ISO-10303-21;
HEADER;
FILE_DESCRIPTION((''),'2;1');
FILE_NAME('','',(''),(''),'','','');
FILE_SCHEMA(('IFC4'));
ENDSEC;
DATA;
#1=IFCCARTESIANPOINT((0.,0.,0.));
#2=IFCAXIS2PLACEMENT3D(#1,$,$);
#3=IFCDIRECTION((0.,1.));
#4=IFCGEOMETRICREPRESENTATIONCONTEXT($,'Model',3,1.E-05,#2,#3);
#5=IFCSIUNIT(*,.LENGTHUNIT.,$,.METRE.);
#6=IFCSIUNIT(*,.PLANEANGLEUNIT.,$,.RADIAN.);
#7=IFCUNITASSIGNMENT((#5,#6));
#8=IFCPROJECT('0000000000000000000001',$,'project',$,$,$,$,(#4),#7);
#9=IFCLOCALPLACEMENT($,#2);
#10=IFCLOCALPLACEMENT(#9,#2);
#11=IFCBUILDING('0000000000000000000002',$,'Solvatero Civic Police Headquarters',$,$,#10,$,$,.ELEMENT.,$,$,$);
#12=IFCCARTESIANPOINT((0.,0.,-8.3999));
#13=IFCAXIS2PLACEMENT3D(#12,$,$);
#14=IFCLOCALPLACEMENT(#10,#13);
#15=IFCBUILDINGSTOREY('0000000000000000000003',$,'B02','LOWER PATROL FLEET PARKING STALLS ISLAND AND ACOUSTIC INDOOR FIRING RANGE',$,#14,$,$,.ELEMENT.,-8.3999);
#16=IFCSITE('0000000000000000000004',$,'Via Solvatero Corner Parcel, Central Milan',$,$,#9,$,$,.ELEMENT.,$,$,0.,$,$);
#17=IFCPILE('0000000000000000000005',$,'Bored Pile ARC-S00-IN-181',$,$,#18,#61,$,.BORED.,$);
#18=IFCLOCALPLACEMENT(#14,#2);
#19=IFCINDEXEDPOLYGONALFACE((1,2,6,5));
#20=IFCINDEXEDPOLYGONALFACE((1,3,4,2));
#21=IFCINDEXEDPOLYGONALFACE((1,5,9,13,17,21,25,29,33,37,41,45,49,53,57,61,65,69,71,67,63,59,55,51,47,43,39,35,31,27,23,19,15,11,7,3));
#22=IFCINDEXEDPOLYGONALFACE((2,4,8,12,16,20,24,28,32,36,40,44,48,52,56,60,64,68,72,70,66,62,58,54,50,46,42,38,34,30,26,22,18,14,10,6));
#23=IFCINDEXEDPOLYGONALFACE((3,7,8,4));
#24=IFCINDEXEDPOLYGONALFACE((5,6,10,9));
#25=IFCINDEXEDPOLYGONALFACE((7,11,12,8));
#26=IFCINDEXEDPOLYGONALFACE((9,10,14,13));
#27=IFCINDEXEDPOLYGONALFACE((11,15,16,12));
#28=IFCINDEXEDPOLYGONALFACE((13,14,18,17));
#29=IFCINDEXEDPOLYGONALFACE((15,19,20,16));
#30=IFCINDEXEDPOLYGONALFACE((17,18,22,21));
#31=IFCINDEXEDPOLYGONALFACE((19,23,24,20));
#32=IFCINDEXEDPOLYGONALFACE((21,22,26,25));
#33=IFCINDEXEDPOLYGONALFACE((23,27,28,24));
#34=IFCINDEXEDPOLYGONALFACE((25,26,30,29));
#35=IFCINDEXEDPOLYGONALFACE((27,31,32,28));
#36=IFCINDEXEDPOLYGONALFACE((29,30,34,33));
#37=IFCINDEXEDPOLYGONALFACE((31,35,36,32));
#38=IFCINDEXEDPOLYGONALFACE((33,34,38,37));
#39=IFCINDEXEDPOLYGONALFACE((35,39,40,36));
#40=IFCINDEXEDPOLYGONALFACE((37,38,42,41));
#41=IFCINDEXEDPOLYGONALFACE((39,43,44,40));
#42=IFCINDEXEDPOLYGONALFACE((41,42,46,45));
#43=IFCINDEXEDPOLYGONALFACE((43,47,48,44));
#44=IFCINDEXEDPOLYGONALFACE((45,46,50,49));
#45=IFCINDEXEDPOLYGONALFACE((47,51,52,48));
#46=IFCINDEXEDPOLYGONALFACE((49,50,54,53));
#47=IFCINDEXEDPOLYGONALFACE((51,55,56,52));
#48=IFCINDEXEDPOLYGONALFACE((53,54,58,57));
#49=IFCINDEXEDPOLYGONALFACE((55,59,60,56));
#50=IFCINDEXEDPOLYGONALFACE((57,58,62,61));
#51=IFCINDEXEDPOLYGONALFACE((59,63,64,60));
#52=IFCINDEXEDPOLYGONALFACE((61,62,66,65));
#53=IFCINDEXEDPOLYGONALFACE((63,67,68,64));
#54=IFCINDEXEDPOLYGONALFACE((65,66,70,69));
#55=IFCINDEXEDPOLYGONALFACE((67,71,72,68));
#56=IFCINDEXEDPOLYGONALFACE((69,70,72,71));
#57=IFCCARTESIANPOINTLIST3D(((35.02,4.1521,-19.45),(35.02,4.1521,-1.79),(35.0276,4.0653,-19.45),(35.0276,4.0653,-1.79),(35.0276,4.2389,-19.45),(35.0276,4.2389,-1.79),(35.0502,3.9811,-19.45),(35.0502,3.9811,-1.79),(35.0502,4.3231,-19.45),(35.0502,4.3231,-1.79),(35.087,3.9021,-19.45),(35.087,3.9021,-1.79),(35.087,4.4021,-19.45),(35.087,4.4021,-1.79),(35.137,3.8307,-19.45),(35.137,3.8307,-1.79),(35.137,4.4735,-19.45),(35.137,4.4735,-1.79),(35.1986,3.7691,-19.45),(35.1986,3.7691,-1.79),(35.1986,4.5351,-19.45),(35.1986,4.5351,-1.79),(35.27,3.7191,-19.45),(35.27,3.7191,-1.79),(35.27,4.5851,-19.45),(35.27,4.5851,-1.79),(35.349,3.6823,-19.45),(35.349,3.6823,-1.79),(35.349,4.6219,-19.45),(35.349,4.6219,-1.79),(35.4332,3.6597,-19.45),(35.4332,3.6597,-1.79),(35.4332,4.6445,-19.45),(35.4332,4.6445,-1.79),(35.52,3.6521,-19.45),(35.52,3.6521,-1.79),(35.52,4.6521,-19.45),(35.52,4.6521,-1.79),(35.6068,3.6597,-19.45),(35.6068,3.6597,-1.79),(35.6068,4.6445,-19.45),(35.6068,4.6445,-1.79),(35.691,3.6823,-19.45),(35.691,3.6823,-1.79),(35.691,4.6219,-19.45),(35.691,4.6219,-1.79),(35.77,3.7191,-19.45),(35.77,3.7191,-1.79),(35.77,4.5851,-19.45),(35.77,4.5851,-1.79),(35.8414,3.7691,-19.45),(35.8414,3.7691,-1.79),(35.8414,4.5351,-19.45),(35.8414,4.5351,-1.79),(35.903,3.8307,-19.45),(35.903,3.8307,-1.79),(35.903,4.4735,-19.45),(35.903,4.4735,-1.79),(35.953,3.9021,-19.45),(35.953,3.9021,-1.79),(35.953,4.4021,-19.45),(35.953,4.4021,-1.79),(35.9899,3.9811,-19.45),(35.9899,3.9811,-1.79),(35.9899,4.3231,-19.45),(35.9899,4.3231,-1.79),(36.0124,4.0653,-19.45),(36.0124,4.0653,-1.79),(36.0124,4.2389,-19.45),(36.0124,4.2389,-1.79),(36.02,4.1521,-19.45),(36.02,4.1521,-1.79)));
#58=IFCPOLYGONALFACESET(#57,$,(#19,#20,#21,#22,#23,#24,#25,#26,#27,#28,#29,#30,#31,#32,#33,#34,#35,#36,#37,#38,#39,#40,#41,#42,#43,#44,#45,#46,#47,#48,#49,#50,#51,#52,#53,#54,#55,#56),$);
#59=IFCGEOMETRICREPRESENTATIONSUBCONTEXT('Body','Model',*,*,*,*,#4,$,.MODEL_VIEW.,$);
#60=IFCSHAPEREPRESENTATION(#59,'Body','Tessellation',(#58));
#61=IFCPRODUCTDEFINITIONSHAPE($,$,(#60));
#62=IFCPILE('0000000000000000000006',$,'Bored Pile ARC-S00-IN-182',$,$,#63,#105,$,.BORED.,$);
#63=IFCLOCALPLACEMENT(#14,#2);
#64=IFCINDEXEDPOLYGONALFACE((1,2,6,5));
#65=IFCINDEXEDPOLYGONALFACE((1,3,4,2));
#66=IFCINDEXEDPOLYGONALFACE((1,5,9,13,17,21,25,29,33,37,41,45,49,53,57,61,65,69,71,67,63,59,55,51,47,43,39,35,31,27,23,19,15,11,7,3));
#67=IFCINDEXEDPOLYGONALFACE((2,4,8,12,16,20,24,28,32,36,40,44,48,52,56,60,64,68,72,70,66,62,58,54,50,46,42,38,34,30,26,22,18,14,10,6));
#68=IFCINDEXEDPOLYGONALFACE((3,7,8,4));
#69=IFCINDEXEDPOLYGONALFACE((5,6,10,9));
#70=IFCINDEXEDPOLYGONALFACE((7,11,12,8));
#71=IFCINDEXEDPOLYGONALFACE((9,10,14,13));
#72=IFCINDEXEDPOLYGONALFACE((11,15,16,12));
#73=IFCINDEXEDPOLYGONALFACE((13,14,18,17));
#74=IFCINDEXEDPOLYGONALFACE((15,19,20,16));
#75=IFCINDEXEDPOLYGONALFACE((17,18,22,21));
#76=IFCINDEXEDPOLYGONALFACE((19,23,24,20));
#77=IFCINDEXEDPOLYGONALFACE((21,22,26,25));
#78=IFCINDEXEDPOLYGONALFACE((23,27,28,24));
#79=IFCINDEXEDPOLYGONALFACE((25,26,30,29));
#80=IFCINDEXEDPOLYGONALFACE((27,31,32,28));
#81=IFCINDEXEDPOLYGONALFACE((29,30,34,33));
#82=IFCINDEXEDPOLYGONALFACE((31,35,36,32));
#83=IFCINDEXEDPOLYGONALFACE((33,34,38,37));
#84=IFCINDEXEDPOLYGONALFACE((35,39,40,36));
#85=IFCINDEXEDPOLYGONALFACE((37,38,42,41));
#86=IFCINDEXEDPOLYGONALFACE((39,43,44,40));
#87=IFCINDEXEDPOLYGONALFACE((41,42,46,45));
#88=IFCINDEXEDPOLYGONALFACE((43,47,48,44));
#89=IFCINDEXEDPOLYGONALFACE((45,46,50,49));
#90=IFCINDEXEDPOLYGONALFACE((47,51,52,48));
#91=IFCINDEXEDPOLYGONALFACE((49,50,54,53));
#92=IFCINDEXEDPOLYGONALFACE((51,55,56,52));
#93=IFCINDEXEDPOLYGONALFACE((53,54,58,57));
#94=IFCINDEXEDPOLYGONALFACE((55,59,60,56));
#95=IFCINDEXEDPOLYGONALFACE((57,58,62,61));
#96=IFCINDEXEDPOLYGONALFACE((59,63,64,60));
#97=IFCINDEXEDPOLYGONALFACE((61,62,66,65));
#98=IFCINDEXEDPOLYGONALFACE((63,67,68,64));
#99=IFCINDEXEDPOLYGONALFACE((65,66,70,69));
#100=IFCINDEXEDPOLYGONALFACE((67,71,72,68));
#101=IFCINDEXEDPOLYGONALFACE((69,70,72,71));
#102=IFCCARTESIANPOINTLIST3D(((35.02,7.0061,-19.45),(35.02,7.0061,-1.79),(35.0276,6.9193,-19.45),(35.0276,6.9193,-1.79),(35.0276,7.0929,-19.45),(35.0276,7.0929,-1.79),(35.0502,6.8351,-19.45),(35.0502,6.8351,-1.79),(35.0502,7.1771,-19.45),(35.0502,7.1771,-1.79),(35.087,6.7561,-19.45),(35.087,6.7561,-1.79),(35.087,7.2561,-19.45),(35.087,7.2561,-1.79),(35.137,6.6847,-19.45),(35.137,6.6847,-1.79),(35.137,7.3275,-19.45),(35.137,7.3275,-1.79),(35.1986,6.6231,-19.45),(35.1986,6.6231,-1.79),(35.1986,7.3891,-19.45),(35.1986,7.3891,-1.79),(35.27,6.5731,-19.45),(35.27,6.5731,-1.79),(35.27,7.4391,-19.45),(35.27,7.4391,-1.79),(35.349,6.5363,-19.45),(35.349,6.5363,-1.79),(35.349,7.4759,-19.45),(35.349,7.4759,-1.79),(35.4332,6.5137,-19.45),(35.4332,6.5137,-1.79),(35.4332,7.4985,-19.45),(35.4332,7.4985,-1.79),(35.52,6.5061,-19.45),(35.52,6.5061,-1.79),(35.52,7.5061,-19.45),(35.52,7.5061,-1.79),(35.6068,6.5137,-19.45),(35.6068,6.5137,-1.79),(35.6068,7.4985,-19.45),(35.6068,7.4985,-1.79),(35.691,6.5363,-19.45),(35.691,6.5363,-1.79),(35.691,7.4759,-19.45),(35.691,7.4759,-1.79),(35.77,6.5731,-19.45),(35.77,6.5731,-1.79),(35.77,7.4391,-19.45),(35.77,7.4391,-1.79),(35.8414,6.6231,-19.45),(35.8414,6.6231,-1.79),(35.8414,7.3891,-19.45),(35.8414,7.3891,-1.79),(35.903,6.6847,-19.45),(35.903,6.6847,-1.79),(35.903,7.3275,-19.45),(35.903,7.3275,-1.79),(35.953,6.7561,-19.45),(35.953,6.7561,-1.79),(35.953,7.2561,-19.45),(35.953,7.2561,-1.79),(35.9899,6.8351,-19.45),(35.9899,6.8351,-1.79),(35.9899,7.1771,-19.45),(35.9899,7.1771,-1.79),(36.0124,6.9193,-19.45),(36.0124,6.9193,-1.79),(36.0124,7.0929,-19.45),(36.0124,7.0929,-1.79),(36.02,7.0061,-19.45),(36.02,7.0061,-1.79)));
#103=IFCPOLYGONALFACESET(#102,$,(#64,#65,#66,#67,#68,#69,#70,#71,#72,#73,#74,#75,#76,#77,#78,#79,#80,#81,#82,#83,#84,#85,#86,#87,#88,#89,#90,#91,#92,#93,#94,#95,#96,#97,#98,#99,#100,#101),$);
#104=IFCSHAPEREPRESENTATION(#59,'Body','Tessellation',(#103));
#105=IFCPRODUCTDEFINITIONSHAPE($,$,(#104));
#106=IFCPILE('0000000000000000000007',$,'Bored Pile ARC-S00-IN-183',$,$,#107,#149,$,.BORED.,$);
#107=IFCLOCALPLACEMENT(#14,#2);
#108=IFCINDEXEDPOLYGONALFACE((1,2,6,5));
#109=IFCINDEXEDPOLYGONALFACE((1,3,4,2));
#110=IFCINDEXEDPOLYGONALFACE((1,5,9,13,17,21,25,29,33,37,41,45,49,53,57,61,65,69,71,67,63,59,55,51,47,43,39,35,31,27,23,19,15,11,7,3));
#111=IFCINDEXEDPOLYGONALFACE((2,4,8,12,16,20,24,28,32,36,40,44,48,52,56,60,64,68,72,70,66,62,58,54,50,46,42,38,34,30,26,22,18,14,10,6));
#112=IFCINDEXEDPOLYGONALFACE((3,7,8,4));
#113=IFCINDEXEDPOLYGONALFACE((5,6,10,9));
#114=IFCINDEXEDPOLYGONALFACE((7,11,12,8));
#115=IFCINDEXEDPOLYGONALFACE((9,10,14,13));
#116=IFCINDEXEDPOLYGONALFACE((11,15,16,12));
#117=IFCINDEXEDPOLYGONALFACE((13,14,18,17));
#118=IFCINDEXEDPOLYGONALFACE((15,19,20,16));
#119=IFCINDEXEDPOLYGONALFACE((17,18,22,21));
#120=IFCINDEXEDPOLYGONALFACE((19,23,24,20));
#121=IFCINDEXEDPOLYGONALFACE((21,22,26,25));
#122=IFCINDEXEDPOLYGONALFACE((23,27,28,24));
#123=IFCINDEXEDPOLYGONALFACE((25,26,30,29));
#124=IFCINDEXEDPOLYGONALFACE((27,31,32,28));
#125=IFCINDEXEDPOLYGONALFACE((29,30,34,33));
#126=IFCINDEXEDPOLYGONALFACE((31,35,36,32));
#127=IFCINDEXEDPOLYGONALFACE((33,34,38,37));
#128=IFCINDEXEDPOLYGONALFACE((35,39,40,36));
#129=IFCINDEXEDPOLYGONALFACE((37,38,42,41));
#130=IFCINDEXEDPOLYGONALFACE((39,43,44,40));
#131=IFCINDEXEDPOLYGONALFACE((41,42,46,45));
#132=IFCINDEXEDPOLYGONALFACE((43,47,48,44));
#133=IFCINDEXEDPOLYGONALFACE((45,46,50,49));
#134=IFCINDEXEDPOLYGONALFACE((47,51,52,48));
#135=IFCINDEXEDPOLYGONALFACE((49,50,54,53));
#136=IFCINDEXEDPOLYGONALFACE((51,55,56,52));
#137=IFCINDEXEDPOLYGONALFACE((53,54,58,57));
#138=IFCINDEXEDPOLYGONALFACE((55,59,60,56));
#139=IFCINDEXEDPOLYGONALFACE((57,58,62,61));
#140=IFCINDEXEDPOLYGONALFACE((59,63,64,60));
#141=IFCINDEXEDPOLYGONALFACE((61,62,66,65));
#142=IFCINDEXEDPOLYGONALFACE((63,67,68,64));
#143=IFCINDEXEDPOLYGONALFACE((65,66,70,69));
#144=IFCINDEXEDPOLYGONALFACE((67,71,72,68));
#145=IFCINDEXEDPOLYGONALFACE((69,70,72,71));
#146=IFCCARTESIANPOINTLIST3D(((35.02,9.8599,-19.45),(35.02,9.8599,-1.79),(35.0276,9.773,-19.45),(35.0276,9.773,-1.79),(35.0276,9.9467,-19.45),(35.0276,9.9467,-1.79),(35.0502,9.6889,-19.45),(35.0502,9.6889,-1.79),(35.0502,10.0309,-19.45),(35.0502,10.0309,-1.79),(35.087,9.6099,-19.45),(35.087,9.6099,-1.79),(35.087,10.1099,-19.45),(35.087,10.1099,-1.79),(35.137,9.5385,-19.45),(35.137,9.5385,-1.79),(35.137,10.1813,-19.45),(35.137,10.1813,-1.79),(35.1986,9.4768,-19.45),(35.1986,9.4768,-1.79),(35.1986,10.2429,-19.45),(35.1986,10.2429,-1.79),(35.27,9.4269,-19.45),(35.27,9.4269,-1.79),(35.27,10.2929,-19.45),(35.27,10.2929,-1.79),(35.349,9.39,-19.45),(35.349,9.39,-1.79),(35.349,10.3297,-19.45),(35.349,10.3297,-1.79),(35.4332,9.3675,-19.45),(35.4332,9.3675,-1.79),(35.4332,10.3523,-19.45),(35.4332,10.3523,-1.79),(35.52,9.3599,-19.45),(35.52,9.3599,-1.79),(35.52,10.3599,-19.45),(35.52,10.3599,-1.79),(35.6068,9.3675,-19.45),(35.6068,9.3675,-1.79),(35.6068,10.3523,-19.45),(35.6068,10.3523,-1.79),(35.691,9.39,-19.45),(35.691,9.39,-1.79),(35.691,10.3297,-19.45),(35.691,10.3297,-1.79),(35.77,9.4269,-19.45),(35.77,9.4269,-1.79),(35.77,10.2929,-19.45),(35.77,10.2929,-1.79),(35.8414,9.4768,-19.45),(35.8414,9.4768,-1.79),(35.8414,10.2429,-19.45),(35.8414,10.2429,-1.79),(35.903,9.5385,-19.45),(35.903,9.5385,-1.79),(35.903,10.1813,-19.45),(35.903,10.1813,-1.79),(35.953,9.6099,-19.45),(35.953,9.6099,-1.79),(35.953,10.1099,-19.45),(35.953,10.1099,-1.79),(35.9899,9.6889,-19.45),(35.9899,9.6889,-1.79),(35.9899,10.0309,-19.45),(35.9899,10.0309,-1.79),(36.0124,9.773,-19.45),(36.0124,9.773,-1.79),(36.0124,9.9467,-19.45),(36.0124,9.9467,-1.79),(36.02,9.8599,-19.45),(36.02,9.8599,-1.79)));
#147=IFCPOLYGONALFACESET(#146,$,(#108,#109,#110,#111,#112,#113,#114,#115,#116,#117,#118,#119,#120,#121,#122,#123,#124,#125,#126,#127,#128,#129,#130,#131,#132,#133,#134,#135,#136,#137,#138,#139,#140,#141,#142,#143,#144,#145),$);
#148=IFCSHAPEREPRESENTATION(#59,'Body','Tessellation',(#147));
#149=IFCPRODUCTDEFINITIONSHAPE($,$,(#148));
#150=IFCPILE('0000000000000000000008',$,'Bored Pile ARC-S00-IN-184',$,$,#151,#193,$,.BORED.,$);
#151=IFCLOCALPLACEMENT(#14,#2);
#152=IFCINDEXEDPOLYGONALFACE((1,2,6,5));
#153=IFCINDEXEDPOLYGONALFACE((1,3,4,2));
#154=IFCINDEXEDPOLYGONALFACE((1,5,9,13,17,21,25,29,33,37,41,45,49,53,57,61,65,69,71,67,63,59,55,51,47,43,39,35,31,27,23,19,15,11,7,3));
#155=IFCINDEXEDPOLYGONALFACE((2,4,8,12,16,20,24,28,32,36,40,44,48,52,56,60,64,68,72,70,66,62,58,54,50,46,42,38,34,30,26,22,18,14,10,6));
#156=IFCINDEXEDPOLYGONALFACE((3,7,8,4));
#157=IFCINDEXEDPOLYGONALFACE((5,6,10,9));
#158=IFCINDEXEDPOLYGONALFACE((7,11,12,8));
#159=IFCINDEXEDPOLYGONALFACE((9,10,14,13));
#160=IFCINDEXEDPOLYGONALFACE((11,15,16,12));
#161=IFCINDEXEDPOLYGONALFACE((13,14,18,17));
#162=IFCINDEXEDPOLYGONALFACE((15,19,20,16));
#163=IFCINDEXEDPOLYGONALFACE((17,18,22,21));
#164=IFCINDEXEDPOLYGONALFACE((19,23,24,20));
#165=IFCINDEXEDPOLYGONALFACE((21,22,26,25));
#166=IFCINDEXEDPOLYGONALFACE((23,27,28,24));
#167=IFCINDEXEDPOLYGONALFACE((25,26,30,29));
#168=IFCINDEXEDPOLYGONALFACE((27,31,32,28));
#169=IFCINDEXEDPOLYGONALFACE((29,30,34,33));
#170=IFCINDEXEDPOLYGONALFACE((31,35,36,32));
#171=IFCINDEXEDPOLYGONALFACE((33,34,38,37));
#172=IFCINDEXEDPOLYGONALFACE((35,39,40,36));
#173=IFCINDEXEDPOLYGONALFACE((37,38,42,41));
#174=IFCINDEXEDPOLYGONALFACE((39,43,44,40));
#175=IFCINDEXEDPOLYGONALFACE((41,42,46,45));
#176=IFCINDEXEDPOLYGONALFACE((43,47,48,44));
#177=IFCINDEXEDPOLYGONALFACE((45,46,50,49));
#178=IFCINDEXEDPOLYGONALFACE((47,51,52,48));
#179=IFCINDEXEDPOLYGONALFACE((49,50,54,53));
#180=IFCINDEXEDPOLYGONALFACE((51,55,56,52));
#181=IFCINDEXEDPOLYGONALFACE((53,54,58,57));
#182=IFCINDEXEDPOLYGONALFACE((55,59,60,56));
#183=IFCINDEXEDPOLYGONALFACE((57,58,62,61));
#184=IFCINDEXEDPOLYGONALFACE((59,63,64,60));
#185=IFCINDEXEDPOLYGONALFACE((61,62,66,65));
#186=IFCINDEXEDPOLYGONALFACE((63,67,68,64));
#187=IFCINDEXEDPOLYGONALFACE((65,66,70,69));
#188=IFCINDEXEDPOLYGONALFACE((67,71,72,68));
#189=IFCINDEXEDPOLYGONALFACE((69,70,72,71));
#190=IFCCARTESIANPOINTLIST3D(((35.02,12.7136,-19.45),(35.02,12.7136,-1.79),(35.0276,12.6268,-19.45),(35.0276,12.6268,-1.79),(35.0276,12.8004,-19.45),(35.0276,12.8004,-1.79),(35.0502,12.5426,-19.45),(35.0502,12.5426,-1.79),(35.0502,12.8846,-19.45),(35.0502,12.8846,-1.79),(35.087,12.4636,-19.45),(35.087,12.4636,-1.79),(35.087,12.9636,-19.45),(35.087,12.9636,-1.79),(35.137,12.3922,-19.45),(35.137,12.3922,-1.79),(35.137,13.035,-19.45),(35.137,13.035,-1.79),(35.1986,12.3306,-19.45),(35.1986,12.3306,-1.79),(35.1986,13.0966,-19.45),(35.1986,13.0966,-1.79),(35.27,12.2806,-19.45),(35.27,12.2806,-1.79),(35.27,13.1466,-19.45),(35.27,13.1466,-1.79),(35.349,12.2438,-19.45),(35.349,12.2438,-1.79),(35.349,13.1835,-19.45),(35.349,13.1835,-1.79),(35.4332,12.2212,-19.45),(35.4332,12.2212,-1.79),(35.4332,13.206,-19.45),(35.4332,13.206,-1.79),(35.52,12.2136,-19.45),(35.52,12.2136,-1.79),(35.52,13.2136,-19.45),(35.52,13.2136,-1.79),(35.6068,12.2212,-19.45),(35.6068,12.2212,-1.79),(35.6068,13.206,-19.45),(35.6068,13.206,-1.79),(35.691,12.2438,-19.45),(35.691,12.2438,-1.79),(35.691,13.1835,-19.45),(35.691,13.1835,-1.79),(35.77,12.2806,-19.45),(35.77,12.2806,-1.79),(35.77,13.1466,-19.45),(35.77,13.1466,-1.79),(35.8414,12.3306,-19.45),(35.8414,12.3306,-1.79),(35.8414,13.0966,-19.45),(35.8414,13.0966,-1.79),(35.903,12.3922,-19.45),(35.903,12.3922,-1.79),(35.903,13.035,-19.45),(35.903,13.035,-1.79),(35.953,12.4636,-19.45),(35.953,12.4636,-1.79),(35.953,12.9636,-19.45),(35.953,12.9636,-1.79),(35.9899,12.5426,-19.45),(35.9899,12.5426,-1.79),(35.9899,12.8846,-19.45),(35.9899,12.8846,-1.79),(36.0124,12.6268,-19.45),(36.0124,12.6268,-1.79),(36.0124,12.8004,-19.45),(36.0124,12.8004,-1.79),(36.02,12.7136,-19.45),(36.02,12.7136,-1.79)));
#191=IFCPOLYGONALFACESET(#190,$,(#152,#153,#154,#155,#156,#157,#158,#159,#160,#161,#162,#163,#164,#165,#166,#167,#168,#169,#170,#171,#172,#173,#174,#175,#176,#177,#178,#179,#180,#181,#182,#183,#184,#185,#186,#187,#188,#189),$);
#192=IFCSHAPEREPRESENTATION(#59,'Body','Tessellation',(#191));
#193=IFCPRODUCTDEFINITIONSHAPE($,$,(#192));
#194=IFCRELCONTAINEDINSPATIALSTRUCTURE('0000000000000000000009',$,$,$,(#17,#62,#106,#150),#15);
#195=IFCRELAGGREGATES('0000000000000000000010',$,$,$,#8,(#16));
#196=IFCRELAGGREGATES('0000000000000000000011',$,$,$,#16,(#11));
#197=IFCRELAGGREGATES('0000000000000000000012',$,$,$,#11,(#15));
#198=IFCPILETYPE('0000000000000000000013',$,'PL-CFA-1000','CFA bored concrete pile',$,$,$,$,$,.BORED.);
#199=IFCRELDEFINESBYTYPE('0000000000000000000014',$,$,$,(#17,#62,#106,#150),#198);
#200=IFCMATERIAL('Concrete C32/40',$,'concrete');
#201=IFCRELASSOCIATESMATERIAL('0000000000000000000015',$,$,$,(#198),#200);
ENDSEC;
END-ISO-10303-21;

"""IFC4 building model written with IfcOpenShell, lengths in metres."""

from ifc_helpers import new_model, si_unit, direction, frame, origin, origin_2d, place, context, subcontext, project, spatial, circle, extrude, material, material_profile, profile_set, type_object, element, save


model = new_model("IFC4")

# Units and contexts
model_context = context("Model", 3, precision=1e-05, world=origin(), true_north=direction((0.0, 1.0)))
body_context = subcontext(model_context, "Body", "Model", "MODEL_VIEW")
ifc_project = project(units=[si_unit("LENGTHUNIT", "METRE"), si_unit("PLANEANGLEUNIT", "RADIAN")], contexts=[model_context])

# Site, building, storey
site_placement = place(None, origin())
site = spatial("IfcSite", under=ifc_project, at=site_placement, Name="Via Solvatero Corner Parcel, Central Milan", CompositionType="ELEMENT", RefElevation=0.0)
building_placement = place(site_placement, origin())
building = spatial("IfcBuilding", under=site, at=building_placement, Name="Solvatero Civic Police Headquarters", CompositionType="ELEMENT")
storey_placement = place(building_placement, frame((0.0, 0.0, -8.3999)))
storey = spatial("IfcBuildingStorey", under=building, at=storey_placement, Name="B02", Description="LOWER PATROL FLEET PARKING STALLS ISLAND AND ACOUSTIC INDOOR FIRING RANGE", CompositionType="ELEMENT", Elevation=-8.3999)

# Piles
ifc_material_1 = material(Name="Concrete C32/40", Category="concrete")
ifc_material_profile_1 = material_profile(ifc_material_1, circle(Radius=0.5, at=origin_2d()), Name="CFA PILE D1000")
ifc_profile_set_1 = profile_set([ifc_material_profile_1], Name="Concrete C32/40")
pile_type = type_object("IfcPileType", Name="PL-CFA-1000", Description="CFA bored concrete pile", PredefinedType="BORED", material=ifc_profile_set_1)
for number, where, z_axis, x_axis, name in (
    (1, (35.52, 4.1521, -1.79), (0.0, 0.0, -1.0), (1.0, 0.0, 0.0), "Bored Pile ARC-S00-IN-181"),
    (2, (35.52, 7.0061, -1.79), (0.0, 0.0, -1.0), (1.0, 0.0, 0.0), "Bored Pile ARC-S00-IN-182"),
    (3, (35.52, 9.8599, -1.79), (0.0, 0.0, -1.0), (1.0, 0.0, 0.0), "Bored Pile ARC-S00-IN-183"),
    (4, (35.52, 12.7136, -1.79), (0.0, 0.0, -1.0), (1.0, 0.0, 0.0), "Bored Pile ARC-S00-IN-184"),
):
    element("IfcPile", number, at=place(storey_placement, frame(where, z_axis=z_axis, x_axis=x_axis)), inside=storey, type_object=pile_type, Name=name, PredefinedType="BORED", context=body_context, shape_type="SweptSolid", body=[
        extrude(circle(Radius=0.5, at=origin_2d()), origin(), (0.0, 0.0, 1.0), 17.6599),
    ])

save(model, "model.ifc")
